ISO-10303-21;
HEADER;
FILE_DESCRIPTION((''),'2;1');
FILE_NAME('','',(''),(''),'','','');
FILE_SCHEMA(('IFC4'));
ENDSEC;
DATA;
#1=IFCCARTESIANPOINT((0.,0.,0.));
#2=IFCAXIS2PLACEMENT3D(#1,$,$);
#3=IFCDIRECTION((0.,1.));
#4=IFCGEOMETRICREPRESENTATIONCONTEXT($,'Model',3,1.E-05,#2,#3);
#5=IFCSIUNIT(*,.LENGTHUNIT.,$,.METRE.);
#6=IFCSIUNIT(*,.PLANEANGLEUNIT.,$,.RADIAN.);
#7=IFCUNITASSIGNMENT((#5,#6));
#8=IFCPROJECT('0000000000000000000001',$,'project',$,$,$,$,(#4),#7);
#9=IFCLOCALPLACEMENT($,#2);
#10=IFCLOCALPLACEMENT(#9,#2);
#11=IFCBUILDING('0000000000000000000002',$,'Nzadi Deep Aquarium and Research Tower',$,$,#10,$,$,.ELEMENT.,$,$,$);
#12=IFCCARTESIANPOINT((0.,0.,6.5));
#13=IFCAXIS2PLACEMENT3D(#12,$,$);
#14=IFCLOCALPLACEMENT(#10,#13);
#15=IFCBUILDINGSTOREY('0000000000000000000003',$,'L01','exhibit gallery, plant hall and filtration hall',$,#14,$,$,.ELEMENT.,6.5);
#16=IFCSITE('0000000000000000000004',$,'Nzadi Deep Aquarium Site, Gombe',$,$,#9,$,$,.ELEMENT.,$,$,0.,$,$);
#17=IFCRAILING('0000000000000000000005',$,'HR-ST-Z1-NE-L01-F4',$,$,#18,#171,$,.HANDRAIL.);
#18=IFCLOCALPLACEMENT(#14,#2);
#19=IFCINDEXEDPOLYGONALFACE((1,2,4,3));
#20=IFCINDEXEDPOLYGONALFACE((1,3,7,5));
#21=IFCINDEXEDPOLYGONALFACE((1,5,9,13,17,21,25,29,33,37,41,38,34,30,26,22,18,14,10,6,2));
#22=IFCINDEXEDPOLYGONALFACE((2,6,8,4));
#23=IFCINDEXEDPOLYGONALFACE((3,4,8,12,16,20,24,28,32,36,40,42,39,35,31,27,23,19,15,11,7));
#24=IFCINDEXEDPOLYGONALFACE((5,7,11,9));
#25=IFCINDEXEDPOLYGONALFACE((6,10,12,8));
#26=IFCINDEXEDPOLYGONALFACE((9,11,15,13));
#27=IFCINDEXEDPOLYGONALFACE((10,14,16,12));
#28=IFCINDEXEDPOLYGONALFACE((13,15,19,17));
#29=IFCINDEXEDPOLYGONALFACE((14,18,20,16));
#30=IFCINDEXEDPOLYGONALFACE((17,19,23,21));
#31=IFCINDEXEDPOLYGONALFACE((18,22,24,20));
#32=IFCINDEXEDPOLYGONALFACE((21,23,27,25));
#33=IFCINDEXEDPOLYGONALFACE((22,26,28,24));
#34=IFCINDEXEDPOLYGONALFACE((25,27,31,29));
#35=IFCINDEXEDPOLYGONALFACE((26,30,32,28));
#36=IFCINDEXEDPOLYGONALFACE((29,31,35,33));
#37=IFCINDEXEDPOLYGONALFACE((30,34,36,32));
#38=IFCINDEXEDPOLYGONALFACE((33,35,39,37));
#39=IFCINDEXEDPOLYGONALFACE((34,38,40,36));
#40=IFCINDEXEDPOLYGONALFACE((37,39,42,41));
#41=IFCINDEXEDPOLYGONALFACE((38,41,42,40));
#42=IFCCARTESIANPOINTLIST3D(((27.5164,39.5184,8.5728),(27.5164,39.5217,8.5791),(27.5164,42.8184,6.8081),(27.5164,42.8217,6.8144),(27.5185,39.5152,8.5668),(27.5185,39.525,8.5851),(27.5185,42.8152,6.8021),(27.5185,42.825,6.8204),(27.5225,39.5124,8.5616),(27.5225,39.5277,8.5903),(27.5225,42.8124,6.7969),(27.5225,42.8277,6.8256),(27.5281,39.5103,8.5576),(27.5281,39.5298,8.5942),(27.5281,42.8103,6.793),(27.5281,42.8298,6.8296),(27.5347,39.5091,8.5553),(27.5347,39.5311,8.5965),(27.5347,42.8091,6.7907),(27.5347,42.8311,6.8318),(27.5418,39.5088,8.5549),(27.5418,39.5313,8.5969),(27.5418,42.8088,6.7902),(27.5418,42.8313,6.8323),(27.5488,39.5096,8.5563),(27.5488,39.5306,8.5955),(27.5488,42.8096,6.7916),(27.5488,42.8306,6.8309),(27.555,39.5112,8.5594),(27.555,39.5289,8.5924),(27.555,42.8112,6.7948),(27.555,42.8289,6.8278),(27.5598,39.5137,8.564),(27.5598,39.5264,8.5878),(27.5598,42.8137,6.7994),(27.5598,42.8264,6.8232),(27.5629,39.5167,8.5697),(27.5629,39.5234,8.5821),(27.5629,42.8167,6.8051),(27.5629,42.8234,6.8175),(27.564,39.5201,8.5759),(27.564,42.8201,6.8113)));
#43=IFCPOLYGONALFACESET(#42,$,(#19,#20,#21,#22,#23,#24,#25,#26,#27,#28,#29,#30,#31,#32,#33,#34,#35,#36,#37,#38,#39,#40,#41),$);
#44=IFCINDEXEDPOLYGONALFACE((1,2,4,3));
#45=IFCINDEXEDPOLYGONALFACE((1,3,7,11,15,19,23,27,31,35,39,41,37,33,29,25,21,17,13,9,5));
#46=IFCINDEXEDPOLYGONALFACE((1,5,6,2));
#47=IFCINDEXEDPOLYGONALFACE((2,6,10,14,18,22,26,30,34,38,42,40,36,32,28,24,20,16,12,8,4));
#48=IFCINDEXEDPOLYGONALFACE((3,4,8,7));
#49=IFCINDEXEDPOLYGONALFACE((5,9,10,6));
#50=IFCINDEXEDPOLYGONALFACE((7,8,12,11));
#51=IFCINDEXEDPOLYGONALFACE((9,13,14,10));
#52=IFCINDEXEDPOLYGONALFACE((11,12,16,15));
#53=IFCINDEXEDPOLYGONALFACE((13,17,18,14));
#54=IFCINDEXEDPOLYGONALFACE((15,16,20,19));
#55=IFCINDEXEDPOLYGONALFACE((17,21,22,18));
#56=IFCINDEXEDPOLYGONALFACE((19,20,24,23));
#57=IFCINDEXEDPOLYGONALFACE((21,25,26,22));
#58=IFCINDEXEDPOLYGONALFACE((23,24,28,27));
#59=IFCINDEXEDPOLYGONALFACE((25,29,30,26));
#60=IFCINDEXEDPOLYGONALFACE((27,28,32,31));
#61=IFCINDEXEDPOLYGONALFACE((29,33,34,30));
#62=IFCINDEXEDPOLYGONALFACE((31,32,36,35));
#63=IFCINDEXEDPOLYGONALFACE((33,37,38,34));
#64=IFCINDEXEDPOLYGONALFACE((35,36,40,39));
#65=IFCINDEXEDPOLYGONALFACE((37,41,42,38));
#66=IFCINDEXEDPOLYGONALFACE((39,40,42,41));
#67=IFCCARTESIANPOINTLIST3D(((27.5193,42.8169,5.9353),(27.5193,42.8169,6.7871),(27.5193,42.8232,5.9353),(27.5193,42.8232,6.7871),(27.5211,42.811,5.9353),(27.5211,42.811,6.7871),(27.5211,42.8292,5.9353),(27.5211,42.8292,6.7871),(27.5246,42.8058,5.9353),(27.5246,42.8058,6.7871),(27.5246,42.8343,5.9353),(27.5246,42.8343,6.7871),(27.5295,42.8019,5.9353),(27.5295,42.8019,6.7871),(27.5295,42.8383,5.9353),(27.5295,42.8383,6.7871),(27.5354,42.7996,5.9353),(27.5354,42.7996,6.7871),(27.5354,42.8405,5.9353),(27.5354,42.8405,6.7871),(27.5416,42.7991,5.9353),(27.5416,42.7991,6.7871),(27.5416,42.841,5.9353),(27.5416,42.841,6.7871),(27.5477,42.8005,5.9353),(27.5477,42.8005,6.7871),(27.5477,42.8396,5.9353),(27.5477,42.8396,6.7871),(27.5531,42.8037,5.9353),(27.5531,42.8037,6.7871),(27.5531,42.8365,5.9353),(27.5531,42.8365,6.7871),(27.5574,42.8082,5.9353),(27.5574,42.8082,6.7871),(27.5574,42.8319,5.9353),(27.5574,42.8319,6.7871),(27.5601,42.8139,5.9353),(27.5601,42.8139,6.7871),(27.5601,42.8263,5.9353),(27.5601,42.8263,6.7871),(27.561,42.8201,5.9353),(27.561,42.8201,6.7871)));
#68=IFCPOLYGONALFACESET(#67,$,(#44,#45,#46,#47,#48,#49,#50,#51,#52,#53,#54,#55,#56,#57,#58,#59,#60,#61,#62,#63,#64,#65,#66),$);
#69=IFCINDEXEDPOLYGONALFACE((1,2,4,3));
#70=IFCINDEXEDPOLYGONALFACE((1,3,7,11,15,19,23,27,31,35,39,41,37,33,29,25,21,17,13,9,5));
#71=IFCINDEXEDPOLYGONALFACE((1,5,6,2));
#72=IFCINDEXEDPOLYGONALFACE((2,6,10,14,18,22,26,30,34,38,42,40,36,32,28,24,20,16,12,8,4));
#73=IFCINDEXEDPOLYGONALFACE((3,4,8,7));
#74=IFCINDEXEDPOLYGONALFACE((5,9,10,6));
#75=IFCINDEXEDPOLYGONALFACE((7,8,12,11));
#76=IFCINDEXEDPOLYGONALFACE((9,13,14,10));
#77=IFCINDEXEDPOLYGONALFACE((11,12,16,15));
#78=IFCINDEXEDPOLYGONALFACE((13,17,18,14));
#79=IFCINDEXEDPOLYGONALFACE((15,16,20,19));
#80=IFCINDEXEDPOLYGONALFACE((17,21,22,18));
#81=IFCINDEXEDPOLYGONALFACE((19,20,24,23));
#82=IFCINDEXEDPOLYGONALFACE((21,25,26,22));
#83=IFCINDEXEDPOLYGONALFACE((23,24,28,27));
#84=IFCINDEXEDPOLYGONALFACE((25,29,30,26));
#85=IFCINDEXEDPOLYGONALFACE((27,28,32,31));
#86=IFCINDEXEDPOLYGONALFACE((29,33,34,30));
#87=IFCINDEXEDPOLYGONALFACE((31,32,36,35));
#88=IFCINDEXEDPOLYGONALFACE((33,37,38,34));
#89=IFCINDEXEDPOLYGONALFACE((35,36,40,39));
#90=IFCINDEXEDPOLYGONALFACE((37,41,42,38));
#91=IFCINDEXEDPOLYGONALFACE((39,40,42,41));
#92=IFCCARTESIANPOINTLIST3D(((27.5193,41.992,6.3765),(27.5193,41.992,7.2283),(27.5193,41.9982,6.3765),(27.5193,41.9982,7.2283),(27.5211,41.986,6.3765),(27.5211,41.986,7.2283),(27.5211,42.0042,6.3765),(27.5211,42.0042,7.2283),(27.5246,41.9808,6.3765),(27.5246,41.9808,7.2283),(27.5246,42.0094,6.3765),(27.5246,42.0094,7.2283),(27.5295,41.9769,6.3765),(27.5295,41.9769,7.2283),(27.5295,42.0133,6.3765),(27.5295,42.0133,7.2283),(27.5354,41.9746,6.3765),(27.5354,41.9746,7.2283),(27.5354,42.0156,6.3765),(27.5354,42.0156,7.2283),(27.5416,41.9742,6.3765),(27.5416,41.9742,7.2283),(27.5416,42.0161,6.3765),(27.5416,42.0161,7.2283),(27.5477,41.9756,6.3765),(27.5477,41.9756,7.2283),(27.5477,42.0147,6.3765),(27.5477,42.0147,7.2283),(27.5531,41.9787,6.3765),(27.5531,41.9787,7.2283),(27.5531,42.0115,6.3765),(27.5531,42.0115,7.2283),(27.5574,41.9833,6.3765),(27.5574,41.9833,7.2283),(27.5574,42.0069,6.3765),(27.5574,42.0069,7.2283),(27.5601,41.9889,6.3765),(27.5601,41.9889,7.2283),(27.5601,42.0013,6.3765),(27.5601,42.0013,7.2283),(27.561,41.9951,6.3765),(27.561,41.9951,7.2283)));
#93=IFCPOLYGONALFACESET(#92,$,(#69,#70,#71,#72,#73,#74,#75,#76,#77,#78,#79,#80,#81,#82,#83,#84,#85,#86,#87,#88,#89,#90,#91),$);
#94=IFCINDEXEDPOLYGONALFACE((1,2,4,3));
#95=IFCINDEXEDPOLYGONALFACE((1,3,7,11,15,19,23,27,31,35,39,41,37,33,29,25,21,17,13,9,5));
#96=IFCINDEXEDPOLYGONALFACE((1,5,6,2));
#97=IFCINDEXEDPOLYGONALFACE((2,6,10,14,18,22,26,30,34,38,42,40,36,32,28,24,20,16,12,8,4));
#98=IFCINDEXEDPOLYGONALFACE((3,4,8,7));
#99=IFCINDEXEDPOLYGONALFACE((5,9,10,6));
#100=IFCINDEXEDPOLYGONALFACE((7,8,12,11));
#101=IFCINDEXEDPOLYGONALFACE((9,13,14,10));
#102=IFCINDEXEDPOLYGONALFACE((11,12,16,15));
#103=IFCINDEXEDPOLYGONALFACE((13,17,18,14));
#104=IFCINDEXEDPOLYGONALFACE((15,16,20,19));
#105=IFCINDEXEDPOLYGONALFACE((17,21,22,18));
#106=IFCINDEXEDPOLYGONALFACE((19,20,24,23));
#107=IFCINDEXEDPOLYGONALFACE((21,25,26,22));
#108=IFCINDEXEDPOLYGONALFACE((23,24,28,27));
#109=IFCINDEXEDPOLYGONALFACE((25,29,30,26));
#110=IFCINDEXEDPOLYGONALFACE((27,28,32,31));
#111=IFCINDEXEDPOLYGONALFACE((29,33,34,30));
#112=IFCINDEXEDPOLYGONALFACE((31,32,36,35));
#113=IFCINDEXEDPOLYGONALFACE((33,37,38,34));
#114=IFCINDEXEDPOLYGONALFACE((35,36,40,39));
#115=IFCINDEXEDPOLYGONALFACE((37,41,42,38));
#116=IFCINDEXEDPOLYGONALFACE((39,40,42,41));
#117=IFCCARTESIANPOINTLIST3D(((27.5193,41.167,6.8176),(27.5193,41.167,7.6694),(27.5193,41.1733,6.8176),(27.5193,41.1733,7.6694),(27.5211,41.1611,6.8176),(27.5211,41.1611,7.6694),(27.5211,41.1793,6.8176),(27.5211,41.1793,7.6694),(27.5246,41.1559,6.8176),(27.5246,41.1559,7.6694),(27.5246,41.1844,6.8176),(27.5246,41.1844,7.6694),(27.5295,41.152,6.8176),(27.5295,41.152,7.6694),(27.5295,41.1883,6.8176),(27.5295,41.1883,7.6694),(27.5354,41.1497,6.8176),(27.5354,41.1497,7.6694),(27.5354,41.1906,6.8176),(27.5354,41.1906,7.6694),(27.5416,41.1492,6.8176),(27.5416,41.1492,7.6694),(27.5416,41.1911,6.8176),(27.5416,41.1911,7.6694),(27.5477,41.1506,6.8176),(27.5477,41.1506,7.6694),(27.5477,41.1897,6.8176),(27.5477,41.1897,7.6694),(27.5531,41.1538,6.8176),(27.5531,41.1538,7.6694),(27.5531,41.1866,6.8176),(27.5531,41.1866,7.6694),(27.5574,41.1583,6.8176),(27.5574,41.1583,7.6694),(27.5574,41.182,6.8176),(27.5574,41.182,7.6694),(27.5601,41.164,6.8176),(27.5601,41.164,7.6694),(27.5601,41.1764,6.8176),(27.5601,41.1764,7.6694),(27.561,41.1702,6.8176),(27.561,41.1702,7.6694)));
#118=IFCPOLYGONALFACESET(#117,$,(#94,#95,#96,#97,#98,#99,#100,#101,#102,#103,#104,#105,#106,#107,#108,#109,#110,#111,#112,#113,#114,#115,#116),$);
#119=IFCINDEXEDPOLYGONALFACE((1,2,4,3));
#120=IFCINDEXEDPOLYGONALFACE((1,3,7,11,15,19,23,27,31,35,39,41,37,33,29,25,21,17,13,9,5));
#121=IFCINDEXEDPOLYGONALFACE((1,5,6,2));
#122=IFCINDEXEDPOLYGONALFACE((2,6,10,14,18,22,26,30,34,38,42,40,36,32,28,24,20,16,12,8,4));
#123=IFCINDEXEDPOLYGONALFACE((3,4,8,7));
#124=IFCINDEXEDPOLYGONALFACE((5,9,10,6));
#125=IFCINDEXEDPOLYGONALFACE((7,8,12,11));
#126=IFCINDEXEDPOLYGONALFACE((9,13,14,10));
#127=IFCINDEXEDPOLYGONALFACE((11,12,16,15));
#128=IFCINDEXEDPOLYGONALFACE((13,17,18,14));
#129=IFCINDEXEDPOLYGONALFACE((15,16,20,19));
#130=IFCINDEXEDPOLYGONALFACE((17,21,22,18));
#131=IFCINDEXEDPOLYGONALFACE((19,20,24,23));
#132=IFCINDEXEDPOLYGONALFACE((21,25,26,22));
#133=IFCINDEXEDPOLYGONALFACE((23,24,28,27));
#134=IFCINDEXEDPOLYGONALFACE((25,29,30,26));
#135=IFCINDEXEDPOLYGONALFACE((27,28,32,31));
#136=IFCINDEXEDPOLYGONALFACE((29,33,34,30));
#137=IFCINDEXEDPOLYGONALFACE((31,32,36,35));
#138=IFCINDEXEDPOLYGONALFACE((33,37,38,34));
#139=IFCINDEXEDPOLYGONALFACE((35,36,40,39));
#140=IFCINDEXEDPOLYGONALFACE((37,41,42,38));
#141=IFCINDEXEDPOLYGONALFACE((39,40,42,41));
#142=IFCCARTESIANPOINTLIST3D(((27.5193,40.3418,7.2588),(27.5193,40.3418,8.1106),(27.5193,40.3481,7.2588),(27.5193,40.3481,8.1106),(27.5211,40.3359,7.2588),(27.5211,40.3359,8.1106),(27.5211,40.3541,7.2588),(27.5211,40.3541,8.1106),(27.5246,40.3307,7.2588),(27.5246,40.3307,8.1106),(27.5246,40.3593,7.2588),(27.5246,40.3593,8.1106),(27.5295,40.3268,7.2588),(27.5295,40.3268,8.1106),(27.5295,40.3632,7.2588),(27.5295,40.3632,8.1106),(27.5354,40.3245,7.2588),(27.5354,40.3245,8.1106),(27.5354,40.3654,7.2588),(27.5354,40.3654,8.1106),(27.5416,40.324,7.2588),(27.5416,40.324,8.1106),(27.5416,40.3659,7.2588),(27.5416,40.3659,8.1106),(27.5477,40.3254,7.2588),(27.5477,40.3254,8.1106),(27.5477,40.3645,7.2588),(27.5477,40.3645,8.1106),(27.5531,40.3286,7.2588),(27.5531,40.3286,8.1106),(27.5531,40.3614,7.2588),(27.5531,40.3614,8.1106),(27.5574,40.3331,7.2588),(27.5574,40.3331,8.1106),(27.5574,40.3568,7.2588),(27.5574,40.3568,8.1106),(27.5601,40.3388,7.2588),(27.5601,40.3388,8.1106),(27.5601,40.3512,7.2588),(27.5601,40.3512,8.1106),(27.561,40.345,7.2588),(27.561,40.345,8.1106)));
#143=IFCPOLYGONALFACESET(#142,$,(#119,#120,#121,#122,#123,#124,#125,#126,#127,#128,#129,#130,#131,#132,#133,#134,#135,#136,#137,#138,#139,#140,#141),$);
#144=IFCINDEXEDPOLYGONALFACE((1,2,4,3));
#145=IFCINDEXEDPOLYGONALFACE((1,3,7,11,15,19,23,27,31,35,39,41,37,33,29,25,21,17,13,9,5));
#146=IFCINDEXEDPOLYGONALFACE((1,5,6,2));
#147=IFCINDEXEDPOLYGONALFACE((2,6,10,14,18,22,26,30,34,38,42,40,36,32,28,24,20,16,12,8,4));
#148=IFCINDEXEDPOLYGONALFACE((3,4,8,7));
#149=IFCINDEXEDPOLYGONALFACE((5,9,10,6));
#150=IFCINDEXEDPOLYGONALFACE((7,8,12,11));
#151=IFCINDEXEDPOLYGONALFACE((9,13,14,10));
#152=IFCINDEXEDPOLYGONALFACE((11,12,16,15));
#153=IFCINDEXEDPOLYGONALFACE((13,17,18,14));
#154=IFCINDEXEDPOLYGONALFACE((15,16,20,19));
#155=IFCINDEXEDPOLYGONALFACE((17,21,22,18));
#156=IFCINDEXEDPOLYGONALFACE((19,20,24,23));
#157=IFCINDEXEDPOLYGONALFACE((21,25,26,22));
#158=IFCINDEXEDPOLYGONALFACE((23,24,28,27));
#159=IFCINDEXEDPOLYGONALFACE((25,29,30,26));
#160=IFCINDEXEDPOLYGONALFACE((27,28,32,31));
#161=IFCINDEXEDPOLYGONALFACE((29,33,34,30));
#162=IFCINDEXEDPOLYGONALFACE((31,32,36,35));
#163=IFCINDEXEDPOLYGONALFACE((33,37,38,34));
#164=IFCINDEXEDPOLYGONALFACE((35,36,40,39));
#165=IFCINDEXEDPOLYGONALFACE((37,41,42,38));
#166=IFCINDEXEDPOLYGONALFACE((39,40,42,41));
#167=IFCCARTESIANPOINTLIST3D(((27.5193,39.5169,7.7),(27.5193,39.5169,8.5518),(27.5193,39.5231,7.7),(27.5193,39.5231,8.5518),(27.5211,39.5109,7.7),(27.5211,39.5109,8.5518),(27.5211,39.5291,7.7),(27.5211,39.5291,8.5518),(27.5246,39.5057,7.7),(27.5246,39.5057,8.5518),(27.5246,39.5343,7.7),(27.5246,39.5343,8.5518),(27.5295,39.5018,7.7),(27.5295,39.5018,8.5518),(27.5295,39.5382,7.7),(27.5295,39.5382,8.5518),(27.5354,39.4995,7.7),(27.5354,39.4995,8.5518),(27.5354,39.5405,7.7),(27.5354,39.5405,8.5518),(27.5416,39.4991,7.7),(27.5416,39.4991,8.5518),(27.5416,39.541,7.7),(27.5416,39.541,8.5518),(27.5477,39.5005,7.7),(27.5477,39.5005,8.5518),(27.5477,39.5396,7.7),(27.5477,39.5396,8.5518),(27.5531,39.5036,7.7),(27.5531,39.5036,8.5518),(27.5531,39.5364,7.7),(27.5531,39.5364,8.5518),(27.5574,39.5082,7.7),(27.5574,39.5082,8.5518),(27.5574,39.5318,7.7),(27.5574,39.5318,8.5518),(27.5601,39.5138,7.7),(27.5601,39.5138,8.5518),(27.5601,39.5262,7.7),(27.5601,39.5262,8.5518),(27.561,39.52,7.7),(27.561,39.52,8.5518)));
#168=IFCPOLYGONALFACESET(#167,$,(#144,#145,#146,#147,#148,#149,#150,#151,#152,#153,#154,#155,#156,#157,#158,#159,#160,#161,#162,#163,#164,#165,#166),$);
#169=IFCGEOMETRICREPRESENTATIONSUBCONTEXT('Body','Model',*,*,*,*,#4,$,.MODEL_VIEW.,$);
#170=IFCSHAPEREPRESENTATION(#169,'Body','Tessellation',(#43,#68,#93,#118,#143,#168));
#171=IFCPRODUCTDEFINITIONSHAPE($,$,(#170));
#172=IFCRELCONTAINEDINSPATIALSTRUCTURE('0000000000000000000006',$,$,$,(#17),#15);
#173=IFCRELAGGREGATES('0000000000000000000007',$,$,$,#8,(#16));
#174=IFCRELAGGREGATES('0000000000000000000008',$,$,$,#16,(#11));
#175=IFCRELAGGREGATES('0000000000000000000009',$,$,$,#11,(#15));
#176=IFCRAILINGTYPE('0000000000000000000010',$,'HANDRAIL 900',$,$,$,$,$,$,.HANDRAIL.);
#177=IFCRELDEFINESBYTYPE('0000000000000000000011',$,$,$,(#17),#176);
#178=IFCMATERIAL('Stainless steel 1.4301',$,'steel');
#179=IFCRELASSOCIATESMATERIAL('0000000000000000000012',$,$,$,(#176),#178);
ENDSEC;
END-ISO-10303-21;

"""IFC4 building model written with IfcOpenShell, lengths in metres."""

from ifc_helpers import new_model, si_unit, direction, frame, origin, origin_2d, place, context, subcontext, project, spatial, circle, extrude, material, type_object, element, save


model = new_model("IFC4")

# Units and contexts
model_context = context("Model", 3, precision=1e-05, world=origin(), true_north=direction((0.0, 1.0)))
body_context = subcontext(model_context, "Body", "Model", "MODEL_VIEW")
ifc_project = project(units=[si_unit("LENGTHUNIT", "METRE"), si_unit("PLANEANGLEUNIT", "RADIAN")], contexts=[model_context])

# Site, building, storey
site_placement = place(None, origin())
site = spatial("IfcSite", under=ifc_project, at=site_placement, Name="Nzadi Deep Aquarium Site, Gombe", CompositionType="ELEMENT", RefElevation=0.0)
building_placement = place(site_placement, origin())
building = spatial("IfcBuilding", under=site, at=building_placement, Name="Nzadi Deep Aquarium and Research Tower", CompositionType="ELEMENT")
storey_placement = place(building_placement, frame((0.0, 0.0, 6.5)))
storey = spatial("IfcBuildingStorey", under=building, at=storey_placement, Name="L01", Description="exhibit gallery, plant hall and filtration hall", CompositionType="ELEMENT", Elevation=6.5)

# Railing
ifc_material_1 = material(Name="Stainless steel 1.4301", Category="steel")
railing_type = type_object("IfcRailingType", Name="HANDRAIL 900", PredefinedType="HANDRAIL", material=ifc_material_1)
for number, where, name in (
    (1, (27.54, 42.8201, 5.9353), "HR-ST-Z1-NE-L01-F4"),
):
    element("IfcRailing", number, at=place(storey_placement, frame(where)), inside=storey, type_object=railing_type, Name=name, PredefinedType="HANDRAIL", context=body_context, shape_type="SweptSolid", body=[
        extrude(circle(Radius=0.0239, at=origin_2d()), frame((0.0, 0.0, 0.876), z_axis=(0.0, -0.88184, 0.47155), x_axis=(1.0, 0.0, 0.0)), (0.0, 0.0, 1.0), 3.7422),
        extrude(circle(Radius=0.021, at=origin_2d()), origin(), (0.0, 0.0, 1.0), 0.8518),
        extrude(circle(Radius=0.021, at=origin_2d()), frame((0.0, -0.825, 0.4412)), (0.0, 0.0, 1.0), 0.8518),
        extrude(circle(Radius=0.021, at=origin_2d()), frame((0.0, -1.6499, 0.8823)), (0.0, 0.0, 1.0), 0.8518),
        extrude(circle(Radius=0.021, at=origin_2d()), frame((0.0, -2.4751, 1.3235)), (0.0, 0.0, 1.0), 0.8518),
        extrude(circle(Radius=0.021, at=origin_2d()), frame((0.0, -3.3, 1.7646)), (0.0, 0.0, 1.0), 0.8518),
    ])

save(model, "model.ifc")
